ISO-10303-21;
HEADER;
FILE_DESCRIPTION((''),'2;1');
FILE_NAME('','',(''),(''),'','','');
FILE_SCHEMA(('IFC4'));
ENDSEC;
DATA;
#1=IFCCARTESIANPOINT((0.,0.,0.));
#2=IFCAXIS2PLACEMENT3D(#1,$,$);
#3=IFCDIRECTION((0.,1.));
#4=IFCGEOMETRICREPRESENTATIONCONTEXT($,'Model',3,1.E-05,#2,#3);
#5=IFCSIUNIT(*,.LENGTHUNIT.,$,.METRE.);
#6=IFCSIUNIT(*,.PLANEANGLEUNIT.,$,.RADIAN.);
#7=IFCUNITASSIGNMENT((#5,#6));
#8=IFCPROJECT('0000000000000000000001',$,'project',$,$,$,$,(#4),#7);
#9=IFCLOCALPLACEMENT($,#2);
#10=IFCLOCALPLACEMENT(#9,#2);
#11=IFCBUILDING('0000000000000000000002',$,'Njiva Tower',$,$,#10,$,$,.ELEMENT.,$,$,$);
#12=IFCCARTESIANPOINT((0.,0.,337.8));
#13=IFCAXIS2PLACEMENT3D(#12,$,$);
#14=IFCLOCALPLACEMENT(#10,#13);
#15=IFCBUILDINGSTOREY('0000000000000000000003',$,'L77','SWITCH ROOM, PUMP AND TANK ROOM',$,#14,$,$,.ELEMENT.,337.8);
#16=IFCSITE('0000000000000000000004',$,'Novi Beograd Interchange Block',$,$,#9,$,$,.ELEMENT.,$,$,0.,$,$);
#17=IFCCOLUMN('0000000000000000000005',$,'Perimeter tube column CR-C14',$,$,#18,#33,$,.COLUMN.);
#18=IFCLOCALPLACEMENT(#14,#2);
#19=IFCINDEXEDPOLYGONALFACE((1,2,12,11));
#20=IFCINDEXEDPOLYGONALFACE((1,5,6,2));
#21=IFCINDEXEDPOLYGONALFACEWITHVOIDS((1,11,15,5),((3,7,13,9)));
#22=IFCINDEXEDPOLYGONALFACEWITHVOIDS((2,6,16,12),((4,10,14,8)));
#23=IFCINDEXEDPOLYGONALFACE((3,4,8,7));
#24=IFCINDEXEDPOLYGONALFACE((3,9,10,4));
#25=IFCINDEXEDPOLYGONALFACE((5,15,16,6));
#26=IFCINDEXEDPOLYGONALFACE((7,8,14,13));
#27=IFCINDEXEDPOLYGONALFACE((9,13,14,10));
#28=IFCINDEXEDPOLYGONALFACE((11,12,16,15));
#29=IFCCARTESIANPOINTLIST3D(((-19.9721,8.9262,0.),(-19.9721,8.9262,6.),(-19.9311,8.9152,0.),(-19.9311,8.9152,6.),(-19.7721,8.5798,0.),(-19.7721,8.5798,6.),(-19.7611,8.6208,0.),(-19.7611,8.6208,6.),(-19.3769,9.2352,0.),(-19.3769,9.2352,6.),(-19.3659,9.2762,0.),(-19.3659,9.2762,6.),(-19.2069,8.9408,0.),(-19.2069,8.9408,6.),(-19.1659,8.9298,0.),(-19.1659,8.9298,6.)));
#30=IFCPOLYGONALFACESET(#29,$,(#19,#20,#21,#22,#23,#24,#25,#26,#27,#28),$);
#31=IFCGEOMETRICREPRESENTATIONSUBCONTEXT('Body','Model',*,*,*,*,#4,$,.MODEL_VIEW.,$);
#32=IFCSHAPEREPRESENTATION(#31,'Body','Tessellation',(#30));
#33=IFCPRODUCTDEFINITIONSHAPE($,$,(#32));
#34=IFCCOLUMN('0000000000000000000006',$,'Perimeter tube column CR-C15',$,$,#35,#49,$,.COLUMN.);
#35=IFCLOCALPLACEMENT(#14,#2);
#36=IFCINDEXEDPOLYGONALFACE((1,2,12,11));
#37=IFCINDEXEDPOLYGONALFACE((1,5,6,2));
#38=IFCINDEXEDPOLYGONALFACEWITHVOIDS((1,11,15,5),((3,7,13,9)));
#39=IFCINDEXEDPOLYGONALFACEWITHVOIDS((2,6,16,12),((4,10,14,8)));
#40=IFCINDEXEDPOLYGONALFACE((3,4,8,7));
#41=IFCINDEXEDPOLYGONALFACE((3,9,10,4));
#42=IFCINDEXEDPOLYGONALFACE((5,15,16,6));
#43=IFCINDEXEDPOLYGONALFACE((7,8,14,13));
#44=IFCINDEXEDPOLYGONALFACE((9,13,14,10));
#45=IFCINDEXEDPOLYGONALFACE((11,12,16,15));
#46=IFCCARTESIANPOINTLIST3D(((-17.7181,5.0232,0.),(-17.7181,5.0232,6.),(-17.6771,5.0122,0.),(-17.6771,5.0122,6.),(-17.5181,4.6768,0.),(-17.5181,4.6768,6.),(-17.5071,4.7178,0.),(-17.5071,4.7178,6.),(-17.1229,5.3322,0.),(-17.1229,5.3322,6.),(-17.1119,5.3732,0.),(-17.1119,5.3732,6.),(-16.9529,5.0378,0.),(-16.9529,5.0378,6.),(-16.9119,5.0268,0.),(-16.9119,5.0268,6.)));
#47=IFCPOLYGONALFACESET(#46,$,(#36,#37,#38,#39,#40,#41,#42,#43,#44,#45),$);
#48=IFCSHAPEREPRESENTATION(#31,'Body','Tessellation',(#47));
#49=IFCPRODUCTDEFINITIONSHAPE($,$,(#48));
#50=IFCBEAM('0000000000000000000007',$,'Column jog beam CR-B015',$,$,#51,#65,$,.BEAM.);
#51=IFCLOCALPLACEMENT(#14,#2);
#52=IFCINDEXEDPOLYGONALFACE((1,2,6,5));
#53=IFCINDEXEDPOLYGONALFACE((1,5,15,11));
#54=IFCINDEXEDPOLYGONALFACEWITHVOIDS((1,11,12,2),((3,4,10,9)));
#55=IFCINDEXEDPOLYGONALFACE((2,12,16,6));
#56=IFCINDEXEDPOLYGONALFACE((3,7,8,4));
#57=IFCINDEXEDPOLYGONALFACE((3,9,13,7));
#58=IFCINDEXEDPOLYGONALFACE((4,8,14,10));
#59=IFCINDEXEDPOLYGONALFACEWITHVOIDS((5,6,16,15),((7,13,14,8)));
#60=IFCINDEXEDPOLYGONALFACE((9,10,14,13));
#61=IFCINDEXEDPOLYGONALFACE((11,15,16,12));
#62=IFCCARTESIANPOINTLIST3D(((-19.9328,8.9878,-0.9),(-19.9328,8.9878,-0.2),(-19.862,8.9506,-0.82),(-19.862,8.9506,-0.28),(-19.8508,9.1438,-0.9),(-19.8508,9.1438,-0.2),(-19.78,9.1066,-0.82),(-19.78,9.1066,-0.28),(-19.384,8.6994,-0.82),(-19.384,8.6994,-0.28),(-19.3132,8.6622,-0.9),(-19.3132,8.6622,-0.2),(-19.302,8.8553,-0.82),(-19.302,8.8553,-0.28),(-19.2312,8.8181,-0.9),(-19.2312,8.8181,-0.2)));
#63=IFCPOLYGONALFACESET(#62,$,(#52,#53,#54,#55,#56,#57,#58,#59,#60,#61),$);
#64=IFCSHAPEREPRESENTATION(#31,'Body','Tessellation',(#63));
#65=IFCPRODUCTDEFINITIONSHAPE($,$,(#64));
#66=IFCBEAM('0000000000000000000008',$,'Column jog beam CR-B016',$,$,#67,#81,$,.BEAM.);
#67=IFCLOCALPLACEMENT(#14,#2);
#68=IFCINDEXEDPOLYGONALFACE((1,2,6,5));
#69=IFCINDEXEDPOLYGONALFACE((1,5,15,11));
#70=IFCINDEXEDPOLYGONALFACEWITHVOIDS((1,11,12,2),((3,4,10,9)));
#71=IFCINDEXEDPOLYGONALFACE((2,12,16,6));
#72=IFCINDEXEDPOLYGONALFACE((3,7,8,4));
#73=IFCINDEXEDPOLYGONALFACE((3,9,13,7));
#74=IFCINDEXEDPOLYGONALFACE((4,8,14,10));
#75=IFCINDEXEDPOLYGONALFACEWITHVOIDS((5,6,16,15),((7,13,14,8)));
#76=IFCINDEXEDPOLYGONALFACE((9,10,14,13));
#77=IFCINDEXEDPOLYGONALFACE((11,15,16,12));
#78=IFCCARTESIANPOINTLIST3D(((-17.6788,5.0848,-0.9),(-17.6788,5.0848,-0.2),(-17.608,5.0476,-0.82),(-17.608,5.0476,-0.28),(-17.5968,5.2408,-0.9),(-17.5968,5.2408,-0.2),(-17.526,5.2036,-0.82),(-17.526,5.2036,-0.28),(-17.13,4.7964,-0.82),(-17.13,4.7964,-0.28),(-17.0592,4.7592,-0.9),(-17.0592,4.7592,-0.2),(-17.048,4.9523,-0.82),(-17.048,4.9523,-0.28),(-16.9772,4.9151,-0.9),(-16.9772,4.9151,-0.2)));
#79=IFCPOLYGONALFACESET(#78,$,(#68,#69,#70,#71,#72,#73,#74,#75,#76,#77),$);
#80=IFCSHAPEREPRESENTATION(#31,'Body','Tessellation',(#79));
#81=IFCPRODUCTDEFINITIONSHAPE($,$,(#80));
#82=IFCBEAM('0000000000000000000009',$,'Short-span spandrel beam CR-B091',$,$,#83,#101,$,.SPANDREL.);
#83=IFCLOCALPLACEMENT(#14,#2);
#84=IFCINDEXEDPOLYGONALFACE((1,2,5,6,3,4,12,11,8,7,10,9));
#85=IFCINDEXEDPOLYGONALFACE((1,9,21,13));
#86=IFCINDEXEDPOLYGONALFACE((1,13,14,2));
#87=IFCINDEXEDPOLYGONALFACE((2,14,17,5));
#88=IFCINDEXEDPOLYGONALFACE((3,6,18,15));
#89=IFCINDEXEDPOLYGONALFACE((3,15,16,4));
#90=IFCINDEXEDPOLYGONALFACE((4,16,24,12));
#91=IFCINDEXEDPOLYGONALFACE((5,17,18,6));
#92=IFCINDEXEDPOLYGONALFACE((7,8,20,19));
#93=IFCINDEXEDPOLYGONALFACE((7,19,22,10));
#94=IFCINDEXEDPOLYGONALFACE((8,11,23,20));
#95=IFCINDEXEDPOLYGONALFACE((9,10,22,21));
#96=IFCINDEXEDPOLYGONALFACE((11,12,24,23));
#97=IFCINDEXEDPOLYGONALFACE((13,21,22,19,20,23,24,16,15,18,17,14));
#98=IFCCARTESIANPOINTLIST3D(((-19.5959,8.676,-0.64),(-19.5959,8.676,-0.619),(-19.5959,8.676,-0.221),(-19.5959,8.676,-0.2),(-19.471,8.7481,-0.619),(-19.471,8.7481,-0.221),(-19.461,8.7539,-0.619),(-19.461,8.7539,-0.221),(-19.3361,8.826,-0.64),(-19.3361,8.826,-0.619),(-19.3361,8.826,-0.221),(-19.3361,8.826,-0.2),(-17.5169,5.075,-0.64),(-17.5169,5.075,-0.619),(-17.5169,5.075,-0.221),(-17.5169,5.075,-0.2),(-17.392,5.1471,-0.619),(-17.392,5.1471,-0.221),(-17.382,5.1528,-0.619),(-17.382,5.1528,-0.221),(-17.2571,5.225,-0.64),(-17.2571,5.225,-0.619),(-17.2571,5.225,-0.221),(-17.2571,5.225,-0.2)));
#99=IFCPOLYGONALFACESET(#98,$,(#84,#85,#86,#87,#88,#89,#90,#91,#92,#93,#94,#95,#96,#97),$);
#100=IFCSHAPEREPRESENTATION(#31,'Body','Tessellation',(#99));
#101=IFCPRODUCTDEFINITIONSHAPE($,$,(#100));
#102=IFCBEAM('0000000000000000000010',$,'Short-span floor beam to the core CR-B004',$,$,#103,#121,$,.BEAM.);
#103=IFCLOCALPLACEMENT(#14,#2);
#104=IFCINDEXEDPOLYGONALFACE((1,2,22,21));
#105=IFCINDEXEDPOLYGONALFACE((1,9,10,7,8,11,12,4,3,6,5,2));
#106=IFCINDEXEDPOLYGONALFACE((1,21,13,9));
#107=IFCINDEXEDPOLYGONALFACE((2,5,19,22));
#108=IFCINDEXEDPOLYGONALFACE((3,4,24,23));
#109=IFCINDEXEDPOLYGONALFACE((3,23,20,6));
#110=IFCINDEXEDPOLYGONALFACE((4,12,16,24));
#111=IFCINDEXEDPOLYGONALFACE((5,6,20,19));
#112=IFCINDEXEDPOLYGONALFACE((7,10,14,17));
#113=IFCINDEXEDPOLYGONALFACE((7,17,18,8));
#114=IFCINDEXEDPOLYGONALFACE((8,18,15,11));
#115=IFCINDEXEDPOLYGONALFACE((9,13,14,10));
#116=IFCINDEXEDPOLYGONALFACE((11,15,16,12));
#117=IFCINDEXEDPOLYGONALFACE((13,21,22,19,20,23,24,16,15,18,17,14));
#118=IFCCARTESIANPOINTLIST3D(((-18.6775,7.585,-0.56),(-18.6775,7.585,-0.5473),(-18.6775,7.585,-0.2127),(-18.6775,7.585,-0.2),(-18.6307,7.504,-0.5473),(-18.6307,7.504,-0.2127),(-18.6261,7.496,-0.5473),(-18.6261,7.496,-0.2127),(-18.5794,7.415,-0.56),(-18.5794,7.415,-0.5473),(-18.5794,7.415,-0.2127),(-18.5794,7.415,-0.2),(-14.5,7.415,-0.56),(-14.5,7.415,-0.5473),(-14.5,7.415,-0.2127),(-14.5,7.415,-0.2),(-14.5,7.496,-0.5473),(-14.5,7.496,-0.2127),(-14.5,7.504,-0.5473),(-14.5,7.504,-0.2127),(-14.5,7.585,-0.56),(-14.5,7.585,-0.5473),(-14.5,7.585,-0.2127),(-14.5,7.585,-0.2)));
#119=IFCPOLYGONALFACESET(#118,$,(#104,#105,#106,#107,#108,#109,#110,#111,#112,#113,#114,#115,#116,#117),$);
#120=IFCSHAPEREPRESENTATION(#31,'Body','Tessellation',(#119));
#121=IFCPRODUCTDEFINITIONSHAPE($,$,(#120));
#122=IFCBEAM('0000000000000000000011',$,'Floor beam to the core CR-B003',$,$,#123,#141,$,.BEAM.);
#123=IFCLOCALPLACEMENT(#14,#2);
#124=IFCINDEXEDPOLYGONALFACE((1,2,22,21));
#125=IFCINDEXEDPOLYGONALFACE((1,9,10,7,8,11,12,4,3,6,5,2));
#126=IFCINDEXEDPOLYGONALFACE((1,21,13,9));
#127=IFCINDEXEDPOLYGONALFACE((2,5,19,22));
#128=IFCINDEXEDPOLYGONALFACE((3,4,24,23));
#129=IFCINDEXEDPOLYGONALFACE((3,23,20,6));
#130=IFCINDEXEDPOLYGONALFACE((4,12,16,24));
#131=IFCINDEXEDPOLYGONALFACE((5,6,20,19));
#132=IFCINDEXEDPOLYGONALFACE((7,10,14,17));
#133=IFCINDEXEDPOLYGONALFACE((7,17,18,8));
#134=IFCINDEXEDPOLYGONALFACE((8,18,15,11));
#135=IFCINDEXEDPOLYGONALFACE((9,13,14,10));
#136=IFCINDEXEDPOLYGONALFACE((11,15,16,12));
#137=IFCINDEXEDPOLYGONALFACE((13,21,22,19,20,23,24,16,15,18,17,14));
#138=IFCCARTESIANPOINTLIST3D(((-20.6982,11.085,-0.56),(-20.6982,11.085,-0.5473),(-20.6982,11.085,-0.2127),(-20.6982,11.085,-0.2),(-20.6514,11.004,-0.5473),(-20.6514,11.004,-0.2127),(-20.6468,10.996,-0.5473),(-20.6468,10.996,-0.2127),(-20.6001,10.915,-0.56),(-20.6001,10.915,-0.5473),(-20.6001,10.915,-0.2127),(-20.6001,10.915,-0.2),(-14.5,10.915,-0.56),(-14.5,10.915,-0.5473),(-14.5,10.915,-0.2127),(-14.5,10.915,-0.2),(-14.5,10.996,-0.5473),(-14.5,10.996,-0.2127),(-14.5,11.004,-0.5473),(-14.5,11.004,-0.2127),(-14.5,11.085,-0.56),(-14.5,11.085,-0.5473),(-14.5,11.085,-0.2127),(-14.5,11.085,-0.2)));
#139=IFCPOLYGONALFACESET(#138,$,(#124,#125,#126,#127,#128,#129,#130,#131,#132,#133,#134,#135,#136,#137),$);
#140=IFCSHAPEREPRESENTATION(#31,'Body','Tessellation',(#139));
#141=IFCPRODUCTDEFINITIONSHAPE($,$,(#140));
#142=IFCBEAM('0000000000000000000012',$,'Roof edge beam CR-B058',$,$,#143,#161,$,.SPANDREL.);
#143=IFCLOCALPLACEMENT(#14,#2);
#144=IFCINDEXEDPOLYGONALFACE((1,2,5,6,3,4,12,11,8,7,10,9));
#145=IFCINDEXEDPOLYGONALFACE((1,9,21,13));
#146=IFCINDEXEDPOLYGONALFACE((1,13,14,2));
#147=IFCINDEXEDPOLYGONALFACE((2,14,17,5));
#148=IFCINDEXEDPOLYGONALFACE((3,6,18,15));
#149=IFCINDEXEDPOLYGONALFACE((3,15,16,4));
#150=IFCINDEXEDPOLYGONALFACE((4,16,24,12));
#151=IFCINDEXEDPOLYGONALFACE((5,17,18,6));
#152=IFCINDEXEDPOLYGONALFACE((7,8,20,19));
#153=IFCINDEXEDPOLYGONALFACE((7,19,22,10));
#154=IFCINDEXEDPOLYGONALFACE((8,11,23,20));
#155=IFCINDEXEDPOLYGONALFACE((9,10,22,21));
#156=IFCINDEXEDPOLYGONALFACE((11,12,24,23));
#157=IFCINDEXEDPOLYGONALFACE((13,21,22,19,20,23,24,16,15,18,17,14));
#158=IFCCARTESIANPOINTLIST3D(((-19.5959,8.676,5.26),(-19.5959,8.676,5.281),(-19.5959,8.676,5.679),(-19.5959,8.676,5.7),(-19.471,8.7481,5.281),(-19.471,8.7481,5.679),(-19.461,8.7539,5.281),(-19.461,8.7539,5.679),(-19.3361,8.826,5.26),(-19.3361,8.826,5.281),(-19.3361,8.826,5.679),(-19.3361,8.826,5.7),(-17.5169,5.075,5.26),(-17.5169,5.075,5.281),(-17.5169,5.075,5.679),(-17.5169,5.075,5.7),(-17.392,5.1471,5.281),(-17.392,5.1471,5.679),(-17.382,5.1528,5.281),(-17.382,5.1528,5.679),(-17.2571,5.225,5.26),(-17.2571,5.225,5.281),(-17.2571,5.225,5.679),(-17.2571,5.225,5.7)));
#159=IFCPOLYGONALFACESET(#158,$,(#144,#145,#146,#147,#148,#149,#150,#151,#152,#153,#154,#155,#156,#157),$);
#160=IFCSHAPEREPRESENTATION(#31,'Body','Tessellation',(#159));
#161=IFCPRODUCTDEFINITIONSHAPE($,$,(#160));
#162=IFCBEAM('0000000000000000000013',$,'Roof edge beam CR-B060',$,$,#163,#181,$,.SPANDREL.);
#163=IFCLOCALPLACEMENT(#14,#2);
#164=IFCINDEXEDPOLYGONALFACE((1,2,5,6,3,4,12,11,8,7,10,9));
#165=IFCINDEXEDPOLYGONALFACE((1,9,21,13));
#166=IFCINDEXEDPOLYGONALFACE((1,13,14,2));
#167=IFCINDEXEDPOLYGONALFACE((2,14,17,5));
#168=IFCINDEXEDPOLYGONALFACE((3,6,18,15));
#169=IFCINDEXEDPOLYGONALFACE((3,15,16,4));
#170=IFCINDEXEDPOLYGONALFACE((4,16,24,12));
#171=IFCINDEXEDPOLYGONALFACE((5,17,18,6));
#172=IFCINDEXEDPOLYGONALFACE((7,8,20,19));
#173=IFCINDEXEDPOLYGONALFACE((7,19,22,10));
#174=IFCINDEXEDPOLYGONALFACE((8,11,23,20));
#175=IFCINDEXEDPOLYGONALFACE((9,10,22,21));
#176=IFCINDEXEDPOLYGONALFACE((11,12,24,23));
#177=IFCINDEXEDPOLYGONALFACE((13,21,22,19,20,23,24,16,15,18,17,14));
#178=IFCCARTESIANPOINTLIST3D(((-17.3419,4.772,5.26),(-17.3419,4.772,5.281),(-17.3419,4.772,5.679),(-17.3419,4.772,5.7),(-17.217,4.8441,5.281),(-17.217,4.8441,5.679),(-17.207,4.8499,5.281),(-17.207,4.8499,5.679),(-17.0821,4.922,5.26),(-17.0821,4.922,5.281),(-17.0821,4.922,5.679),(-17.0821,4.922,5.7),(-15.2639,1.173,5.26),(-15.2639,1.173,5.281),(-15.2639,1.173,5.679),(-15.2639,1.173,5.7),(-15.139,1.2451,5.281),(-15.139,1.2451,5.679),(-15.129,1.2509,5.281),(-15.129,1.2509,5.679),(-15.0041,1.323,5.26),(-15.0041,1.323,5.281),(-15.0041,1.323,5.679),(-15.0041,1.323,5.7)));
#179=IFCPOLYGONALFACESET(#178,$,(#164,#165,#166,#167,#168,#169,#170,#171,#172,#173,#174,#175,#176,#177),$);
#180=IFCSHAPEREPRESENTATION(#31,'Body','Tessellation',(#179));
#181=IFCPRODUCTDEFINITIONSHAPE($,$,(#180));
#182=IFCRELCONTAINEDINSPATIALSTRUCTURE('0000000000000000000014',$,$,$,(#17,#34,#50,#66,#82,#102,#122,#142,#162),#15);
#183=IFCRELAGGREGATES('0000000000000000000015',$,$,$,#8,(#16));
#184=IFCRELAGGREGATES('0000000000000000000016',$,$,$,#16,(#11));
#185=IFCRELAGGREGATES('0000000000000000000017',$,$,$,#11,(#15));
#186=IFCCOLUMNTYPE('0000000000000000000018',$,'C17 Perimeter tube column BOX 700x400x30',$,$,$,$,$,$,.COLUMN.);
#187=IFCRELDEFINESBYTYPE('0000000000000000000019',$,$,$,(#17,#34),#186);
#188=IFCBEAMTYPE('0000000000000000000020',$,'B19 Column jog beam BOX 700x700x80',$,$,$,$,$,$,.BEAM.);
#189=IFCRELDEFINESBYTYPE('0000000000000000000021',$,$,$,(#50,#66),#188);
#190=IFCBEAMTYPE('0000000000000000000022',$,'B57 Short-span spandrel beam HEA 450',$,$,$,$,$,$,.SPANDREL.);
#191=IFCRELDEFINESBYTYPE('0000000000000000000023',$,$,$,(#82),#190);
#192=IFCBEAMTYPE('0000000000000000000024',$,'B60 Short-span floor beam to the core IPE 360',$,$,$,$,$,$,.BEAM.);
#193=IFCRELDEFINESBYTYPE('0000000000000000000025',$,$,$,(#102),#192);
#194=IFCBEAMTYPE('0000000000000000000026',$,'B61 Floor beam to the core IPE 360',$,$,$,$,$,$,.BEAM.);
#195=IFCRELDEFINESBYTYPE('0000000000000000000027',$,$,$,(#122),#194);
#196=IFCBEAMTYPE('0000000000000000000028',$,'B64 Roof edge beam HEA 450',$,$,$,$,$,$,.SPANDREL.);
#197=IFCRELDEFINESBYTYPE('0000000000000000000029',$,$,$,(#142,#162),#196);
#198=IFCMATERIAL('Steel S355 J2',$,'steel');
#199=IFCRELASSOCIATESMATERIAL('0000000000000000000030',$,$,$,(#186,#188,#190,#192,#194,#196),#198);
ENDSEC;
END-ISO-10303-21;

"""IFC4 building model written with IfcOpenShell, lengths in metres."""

from ifc_helpers import new_model, si_unit, direction, frame, origin, origin_2d, place, context, subcontext, project, spatial, hollow_rectangle, i_section, extrude, clip, halfspace, material, material_profile, profile_set, type_object, element, save


model = new_model("IFC4")

# Units and contexts
model_context = context("Model", 3, precision=1e-05, world=origin(), true_north=direction((0.0, 1.0)))
body_context = subcontext(model_context, "Body", "Model", "MODEL_VIEW")
ifc_project = project(units=[si_unit("LENGTHUNIT", "METRE"), si_unit("PLANEANGLEUNIT", "RADIAN")], contexts=[model_context])

# Site, building, storey
site_placement = place(None, origin())
site = spatial("IfcSite", under=ifc_project, at=site_placement, Name="Novi Beograd Interchange Block", CompositionType="ELEMENT", RefElevation=0.0)
building_placement = place(site_placement, origin())
building = spatial("IfcBuilding", under=site, at=building_placement, Name="Njiva Tower", CompositionType="ELEMENT")
storey_placement = place(building_placement, frame((0.0, 0.0, 337.8)))
storey = spatial("IfcBuildingStorey", under=building, at=storey_placement, Name="L77", Description="SWITCH ROOM, PUMP AND TANK ROOM", CompositionType="ELEMENT", Elevation=337.8)

# Columns
ifc_material_1 = material(Name="Steel S355 J2", Category="steel")
ifc_material_profile_1 = material_profile(ifc_material_1, hollow_rectangle(XDim=0.4, YDim=0.7, WallThickness=0.03, at=origin_2d()), Name="BOX 700x400x30")
ifc_profile_set_1 = profile_set([ifc_material_profile_1], Name="Steel S355 J2")
column_type = type_object("IfcColumnType", Name="C17 Perimeter tube column BOX 700x400x30", PredefinedType="COLUMN", material=ifc_profile_set_1)
for number, where, z_axis, x_axis, name in (
    (1, (-19.569, 8.928, 0.0), (0.0, 0.0, 1.0), (0.5, -0.866025, 0.0), "Perimeter tube column CR-C14"),
    (2, (-17.315, 5.025, 0.0), (0.0, 0.0, 1.0), (0.5, -0.866025, 0.0), "Perimeter tube column CR-C15"),
):
    element("IfcColumn", number, at=place(storey_placement, frame(where, z_axis=z_axis, x_axis=x_axis)), inside=storey, type_object=column_type, Name=name, PredefinedType="COLUMN", context=body_context, shape_type="SweptSolid", body=[
        extrude(hollow_rectangle(XDim=0.4, YDim=0.7, WallThickness=0.03, at=origin_2d()), origin(), (0.0, 0.0, 1.0), 6.0),
    ])

# Beams
ifc_material_profile_2 = material_profile(ifc_material_1, hollow_rectangle(XDim=0.7, YDim=0.7, WallThickness=0.08, at=origin_2d()), Name="BOX 700x700x80")
ifc_profile_set_2 = profile_set([ifc_material_profile_2], Name="Steel S355 J2")
beam_type_1 = type_object("IfcBeamType", Name="B19 Column jog beam BOX 700x700x80", PredefinedType="BEAM", material=ifc_profile_set_2)
for number, where, z_axis, x_axis, name in (
    (3, (-19.623, 8.825, -0.55), (0.465279, 0.885164, 0.0), (-0.885164, 0.465279, 0.0), "Column jog beam CR-B015"),
    (4, (-17.369, 4.922, -0.55), (0.465279, 0.885164, 0.0), (-0.885164, 0.465279, 0.0), "Column jog beam CR-B016"),
):
    element("IfcBeam", number, at=place(storey_placement, frame(where, z_axis=z_axis, x_axis=x_axis)), inside=storey, type_object=beam_type_1, Name=name, PredefinedType="BEAM", context=body_context, shape_type="SweptSolid", body=[
        extrude(hollow_rectangle(XDim=0.7, YDim=0.7, WallThickness=0.08, at=origin_2d()), origin(), (0.0, 0.0, 1.0), 0.1762),
    ])
ifc_material_profile_3 = material_profile(ifc_material_1, i_section(OverallWidth=0.3, OverallDepth=0.44, WebThickness=0.0115, FlangeThickness=0.021, at=origin_2d()), Name="HEA 450")
ifc_profile_set_3 = profile_set([ifc_material_profile_3], Name="Steel S355 J2")
beam_type_2 = type_object("IfcBeamType", Name="B57 Short-span spandrel beam HEA 450", PredefinedType="SPANDREL", material=ifc_profile_set_3)
beam_1_placement = place(storey_placement, frame((-19.466, 8.751, -0.42), z_axis=(0.499993, -0.866029, 0.0), x_axis=(0.866029, 0.499993, 0.0)))
element("IfcBeam", 5, at=beam_1_placement, inside=storey, type_object=beam_type_2, Name="Short-span spandrel beam CR-B091", PredefinedType="SPANDREL", context=body_context, shape_type="SweptSolid", body=[
    extrude(i_section(OverallWidth=0.3, OverallDepth=0.44, WebThickness=0.0115, FlangeThickness=0.021, at=origin_2d()), origin(), (0.0, 0.0, 1.0), 4.1581),
])
ifc_material_profile_4 = material_profile(ifc_material_1, i_section(OverallWidth=0.17, OverallDepth=0.36, WebThickness=0.008, FlangeThickness=0.0127, at=origin_2d()), Name="IPE 360")
ifc_profile_set_4 = profile_set([ifc_material_profile_4], Name="Steel S355 J2")
beam_type_3 = type_object("IfcBeamType", Name="B60 Short-span floor beam to the core IPE 360", PredefinedType="BEAM", material=ifc_profile_set_4)
beam_2_placement = place(storey_placement, frame((-18.697, 7.5, -0.38), z_axis=(1.0, 0.0, 0.0), x_axis=(0.0, 1.0, 0.0)))
element("IfcBeam", 6, at=beam_2_placement, inside=storey, type_object=beam_type_3, Name="Short-span floor beam to the core CR-B004", PredefinedType="BEAM", context=body_context, shape_type="Clipping", body=[
    clip(extrude(i_section(OverallWidth=0.17, OverallDepth=0.36, WebThickness=0.008, FlangeThickness=0.0127, at=origin_2d()), origin(), (0.0, 0.0, 1.0), 4.197), halfspace(frame((-0.025, 0.0, 0.083), z_axis=(-0.499998, 0.0, -0.866027), x_axis=(0.0, -1.0, 0.0)), False)),
])
ifc_material_profile_5 = material_profile(ifc_material_1, i_section(OverallWidth=0.17, OverallDepth=0.36, WebThickness=0.008, FlangeThickness=0.0127, at=origin_2d()), Name="IPE 360")
ifc_profile_set_5 = profile_set([ifc_material_profile_5], Name="Steel S355 J2")
beam_type_4 = type_object("IfcBeamType", Name="B61 Floor beam to the core IPE 360", PredefinedType="BEAM", material=ifc_profile_set_5)
beam_3_placement = place(storey_placement, frame((-20.718, 11.0, -0.38), z_axis=(1.0, 0.0, 0.0), x_axis=(0.0, 1.0, 0.0)))
element("IfcBeam", 7, at=beam_3_placement, inside=storey, type_object=beam_type_4, Name="Floor beam to the core CR-B003", PredefinedType="BEAM", context=body_context, shape_type="Clipping", body=[
    clip(extrude(i_section(OverallWidth=0.17, OverallDepth=0.36, WebThickness=0.008, FlangeThickness=0.0127, at=origin_2d()), origin(), (0.0, 0.0, 1.0), 6.218), halfspace(frame((-0.025, 0.0, 0.0833), z_axis=(-0.499998, 0.0, -0.866027), x_axis=(0.0, -1.0, 0.0)), False)),
])
ifc_material_profile_6 = material_profile(ifc_material_1, i_section(OverallWidth=0.3, OverallDepth=0.44, WebThickness=0.0115, FlangeThickness=0.021, at=origin_2d()), Name="HEA 450")
ifc_profile_set_6 = profile_set([ifc_material_profile_6], Name="Steel S355 J2")
beam_type_5 = type_object("IfcBeamType", Name="B64 Roof edge beam HEA 450", PredefinedType="SPANDREL", material=ifc_profile_set_6)
beam_4_placement = place(storey_placement, frame((-19.466, 8.751, 5.48), z_axis=(0.499993, -0.866029, 0.0), x_axis=(0.866029, 0.499993, 0.0)))
element("IfcBeam", 8, at=beam_4_placement, inside=storey, type_object=beam_type_5, Name="Roof edge beam CR-B058", PredefinedType="SPANDREL", context=body_context, shape_type="SweptSolid", body=[
    extrude(i_section(OverallWidth=0.3, OverallDepth=0.44, WebThickness=0.0115, FlangeThickness=0.021, at=origin_2d()), origin(), (0.0, 0.0, 1.0), 4.1581),
])
beam_5_placement = place(storey_placement, frame((-17.212, 4.847, 5.48), z_axis=(0.500021, -0.866013, 0.0), x_axis=(0.866013, 0.500021, 0.0)))
element("IfcBeam", 9, at=beam_5_placement, inside=storey, type_object=beam_type_5, Name="Roof edge beam CR-B060", PredefinedType="SPANDREL", context=body_context, shape_type="SweptSolid", body=[
    extrude(i_section(OverallWidth=0.3, OverallDepth=0.44, WebThickness=0.0115, FlangeThickness=0.021, at=origin_2d()), origin(), (0.0, 0.0, 1.0), 4.1558),
])

save(model, "model.ifc")
